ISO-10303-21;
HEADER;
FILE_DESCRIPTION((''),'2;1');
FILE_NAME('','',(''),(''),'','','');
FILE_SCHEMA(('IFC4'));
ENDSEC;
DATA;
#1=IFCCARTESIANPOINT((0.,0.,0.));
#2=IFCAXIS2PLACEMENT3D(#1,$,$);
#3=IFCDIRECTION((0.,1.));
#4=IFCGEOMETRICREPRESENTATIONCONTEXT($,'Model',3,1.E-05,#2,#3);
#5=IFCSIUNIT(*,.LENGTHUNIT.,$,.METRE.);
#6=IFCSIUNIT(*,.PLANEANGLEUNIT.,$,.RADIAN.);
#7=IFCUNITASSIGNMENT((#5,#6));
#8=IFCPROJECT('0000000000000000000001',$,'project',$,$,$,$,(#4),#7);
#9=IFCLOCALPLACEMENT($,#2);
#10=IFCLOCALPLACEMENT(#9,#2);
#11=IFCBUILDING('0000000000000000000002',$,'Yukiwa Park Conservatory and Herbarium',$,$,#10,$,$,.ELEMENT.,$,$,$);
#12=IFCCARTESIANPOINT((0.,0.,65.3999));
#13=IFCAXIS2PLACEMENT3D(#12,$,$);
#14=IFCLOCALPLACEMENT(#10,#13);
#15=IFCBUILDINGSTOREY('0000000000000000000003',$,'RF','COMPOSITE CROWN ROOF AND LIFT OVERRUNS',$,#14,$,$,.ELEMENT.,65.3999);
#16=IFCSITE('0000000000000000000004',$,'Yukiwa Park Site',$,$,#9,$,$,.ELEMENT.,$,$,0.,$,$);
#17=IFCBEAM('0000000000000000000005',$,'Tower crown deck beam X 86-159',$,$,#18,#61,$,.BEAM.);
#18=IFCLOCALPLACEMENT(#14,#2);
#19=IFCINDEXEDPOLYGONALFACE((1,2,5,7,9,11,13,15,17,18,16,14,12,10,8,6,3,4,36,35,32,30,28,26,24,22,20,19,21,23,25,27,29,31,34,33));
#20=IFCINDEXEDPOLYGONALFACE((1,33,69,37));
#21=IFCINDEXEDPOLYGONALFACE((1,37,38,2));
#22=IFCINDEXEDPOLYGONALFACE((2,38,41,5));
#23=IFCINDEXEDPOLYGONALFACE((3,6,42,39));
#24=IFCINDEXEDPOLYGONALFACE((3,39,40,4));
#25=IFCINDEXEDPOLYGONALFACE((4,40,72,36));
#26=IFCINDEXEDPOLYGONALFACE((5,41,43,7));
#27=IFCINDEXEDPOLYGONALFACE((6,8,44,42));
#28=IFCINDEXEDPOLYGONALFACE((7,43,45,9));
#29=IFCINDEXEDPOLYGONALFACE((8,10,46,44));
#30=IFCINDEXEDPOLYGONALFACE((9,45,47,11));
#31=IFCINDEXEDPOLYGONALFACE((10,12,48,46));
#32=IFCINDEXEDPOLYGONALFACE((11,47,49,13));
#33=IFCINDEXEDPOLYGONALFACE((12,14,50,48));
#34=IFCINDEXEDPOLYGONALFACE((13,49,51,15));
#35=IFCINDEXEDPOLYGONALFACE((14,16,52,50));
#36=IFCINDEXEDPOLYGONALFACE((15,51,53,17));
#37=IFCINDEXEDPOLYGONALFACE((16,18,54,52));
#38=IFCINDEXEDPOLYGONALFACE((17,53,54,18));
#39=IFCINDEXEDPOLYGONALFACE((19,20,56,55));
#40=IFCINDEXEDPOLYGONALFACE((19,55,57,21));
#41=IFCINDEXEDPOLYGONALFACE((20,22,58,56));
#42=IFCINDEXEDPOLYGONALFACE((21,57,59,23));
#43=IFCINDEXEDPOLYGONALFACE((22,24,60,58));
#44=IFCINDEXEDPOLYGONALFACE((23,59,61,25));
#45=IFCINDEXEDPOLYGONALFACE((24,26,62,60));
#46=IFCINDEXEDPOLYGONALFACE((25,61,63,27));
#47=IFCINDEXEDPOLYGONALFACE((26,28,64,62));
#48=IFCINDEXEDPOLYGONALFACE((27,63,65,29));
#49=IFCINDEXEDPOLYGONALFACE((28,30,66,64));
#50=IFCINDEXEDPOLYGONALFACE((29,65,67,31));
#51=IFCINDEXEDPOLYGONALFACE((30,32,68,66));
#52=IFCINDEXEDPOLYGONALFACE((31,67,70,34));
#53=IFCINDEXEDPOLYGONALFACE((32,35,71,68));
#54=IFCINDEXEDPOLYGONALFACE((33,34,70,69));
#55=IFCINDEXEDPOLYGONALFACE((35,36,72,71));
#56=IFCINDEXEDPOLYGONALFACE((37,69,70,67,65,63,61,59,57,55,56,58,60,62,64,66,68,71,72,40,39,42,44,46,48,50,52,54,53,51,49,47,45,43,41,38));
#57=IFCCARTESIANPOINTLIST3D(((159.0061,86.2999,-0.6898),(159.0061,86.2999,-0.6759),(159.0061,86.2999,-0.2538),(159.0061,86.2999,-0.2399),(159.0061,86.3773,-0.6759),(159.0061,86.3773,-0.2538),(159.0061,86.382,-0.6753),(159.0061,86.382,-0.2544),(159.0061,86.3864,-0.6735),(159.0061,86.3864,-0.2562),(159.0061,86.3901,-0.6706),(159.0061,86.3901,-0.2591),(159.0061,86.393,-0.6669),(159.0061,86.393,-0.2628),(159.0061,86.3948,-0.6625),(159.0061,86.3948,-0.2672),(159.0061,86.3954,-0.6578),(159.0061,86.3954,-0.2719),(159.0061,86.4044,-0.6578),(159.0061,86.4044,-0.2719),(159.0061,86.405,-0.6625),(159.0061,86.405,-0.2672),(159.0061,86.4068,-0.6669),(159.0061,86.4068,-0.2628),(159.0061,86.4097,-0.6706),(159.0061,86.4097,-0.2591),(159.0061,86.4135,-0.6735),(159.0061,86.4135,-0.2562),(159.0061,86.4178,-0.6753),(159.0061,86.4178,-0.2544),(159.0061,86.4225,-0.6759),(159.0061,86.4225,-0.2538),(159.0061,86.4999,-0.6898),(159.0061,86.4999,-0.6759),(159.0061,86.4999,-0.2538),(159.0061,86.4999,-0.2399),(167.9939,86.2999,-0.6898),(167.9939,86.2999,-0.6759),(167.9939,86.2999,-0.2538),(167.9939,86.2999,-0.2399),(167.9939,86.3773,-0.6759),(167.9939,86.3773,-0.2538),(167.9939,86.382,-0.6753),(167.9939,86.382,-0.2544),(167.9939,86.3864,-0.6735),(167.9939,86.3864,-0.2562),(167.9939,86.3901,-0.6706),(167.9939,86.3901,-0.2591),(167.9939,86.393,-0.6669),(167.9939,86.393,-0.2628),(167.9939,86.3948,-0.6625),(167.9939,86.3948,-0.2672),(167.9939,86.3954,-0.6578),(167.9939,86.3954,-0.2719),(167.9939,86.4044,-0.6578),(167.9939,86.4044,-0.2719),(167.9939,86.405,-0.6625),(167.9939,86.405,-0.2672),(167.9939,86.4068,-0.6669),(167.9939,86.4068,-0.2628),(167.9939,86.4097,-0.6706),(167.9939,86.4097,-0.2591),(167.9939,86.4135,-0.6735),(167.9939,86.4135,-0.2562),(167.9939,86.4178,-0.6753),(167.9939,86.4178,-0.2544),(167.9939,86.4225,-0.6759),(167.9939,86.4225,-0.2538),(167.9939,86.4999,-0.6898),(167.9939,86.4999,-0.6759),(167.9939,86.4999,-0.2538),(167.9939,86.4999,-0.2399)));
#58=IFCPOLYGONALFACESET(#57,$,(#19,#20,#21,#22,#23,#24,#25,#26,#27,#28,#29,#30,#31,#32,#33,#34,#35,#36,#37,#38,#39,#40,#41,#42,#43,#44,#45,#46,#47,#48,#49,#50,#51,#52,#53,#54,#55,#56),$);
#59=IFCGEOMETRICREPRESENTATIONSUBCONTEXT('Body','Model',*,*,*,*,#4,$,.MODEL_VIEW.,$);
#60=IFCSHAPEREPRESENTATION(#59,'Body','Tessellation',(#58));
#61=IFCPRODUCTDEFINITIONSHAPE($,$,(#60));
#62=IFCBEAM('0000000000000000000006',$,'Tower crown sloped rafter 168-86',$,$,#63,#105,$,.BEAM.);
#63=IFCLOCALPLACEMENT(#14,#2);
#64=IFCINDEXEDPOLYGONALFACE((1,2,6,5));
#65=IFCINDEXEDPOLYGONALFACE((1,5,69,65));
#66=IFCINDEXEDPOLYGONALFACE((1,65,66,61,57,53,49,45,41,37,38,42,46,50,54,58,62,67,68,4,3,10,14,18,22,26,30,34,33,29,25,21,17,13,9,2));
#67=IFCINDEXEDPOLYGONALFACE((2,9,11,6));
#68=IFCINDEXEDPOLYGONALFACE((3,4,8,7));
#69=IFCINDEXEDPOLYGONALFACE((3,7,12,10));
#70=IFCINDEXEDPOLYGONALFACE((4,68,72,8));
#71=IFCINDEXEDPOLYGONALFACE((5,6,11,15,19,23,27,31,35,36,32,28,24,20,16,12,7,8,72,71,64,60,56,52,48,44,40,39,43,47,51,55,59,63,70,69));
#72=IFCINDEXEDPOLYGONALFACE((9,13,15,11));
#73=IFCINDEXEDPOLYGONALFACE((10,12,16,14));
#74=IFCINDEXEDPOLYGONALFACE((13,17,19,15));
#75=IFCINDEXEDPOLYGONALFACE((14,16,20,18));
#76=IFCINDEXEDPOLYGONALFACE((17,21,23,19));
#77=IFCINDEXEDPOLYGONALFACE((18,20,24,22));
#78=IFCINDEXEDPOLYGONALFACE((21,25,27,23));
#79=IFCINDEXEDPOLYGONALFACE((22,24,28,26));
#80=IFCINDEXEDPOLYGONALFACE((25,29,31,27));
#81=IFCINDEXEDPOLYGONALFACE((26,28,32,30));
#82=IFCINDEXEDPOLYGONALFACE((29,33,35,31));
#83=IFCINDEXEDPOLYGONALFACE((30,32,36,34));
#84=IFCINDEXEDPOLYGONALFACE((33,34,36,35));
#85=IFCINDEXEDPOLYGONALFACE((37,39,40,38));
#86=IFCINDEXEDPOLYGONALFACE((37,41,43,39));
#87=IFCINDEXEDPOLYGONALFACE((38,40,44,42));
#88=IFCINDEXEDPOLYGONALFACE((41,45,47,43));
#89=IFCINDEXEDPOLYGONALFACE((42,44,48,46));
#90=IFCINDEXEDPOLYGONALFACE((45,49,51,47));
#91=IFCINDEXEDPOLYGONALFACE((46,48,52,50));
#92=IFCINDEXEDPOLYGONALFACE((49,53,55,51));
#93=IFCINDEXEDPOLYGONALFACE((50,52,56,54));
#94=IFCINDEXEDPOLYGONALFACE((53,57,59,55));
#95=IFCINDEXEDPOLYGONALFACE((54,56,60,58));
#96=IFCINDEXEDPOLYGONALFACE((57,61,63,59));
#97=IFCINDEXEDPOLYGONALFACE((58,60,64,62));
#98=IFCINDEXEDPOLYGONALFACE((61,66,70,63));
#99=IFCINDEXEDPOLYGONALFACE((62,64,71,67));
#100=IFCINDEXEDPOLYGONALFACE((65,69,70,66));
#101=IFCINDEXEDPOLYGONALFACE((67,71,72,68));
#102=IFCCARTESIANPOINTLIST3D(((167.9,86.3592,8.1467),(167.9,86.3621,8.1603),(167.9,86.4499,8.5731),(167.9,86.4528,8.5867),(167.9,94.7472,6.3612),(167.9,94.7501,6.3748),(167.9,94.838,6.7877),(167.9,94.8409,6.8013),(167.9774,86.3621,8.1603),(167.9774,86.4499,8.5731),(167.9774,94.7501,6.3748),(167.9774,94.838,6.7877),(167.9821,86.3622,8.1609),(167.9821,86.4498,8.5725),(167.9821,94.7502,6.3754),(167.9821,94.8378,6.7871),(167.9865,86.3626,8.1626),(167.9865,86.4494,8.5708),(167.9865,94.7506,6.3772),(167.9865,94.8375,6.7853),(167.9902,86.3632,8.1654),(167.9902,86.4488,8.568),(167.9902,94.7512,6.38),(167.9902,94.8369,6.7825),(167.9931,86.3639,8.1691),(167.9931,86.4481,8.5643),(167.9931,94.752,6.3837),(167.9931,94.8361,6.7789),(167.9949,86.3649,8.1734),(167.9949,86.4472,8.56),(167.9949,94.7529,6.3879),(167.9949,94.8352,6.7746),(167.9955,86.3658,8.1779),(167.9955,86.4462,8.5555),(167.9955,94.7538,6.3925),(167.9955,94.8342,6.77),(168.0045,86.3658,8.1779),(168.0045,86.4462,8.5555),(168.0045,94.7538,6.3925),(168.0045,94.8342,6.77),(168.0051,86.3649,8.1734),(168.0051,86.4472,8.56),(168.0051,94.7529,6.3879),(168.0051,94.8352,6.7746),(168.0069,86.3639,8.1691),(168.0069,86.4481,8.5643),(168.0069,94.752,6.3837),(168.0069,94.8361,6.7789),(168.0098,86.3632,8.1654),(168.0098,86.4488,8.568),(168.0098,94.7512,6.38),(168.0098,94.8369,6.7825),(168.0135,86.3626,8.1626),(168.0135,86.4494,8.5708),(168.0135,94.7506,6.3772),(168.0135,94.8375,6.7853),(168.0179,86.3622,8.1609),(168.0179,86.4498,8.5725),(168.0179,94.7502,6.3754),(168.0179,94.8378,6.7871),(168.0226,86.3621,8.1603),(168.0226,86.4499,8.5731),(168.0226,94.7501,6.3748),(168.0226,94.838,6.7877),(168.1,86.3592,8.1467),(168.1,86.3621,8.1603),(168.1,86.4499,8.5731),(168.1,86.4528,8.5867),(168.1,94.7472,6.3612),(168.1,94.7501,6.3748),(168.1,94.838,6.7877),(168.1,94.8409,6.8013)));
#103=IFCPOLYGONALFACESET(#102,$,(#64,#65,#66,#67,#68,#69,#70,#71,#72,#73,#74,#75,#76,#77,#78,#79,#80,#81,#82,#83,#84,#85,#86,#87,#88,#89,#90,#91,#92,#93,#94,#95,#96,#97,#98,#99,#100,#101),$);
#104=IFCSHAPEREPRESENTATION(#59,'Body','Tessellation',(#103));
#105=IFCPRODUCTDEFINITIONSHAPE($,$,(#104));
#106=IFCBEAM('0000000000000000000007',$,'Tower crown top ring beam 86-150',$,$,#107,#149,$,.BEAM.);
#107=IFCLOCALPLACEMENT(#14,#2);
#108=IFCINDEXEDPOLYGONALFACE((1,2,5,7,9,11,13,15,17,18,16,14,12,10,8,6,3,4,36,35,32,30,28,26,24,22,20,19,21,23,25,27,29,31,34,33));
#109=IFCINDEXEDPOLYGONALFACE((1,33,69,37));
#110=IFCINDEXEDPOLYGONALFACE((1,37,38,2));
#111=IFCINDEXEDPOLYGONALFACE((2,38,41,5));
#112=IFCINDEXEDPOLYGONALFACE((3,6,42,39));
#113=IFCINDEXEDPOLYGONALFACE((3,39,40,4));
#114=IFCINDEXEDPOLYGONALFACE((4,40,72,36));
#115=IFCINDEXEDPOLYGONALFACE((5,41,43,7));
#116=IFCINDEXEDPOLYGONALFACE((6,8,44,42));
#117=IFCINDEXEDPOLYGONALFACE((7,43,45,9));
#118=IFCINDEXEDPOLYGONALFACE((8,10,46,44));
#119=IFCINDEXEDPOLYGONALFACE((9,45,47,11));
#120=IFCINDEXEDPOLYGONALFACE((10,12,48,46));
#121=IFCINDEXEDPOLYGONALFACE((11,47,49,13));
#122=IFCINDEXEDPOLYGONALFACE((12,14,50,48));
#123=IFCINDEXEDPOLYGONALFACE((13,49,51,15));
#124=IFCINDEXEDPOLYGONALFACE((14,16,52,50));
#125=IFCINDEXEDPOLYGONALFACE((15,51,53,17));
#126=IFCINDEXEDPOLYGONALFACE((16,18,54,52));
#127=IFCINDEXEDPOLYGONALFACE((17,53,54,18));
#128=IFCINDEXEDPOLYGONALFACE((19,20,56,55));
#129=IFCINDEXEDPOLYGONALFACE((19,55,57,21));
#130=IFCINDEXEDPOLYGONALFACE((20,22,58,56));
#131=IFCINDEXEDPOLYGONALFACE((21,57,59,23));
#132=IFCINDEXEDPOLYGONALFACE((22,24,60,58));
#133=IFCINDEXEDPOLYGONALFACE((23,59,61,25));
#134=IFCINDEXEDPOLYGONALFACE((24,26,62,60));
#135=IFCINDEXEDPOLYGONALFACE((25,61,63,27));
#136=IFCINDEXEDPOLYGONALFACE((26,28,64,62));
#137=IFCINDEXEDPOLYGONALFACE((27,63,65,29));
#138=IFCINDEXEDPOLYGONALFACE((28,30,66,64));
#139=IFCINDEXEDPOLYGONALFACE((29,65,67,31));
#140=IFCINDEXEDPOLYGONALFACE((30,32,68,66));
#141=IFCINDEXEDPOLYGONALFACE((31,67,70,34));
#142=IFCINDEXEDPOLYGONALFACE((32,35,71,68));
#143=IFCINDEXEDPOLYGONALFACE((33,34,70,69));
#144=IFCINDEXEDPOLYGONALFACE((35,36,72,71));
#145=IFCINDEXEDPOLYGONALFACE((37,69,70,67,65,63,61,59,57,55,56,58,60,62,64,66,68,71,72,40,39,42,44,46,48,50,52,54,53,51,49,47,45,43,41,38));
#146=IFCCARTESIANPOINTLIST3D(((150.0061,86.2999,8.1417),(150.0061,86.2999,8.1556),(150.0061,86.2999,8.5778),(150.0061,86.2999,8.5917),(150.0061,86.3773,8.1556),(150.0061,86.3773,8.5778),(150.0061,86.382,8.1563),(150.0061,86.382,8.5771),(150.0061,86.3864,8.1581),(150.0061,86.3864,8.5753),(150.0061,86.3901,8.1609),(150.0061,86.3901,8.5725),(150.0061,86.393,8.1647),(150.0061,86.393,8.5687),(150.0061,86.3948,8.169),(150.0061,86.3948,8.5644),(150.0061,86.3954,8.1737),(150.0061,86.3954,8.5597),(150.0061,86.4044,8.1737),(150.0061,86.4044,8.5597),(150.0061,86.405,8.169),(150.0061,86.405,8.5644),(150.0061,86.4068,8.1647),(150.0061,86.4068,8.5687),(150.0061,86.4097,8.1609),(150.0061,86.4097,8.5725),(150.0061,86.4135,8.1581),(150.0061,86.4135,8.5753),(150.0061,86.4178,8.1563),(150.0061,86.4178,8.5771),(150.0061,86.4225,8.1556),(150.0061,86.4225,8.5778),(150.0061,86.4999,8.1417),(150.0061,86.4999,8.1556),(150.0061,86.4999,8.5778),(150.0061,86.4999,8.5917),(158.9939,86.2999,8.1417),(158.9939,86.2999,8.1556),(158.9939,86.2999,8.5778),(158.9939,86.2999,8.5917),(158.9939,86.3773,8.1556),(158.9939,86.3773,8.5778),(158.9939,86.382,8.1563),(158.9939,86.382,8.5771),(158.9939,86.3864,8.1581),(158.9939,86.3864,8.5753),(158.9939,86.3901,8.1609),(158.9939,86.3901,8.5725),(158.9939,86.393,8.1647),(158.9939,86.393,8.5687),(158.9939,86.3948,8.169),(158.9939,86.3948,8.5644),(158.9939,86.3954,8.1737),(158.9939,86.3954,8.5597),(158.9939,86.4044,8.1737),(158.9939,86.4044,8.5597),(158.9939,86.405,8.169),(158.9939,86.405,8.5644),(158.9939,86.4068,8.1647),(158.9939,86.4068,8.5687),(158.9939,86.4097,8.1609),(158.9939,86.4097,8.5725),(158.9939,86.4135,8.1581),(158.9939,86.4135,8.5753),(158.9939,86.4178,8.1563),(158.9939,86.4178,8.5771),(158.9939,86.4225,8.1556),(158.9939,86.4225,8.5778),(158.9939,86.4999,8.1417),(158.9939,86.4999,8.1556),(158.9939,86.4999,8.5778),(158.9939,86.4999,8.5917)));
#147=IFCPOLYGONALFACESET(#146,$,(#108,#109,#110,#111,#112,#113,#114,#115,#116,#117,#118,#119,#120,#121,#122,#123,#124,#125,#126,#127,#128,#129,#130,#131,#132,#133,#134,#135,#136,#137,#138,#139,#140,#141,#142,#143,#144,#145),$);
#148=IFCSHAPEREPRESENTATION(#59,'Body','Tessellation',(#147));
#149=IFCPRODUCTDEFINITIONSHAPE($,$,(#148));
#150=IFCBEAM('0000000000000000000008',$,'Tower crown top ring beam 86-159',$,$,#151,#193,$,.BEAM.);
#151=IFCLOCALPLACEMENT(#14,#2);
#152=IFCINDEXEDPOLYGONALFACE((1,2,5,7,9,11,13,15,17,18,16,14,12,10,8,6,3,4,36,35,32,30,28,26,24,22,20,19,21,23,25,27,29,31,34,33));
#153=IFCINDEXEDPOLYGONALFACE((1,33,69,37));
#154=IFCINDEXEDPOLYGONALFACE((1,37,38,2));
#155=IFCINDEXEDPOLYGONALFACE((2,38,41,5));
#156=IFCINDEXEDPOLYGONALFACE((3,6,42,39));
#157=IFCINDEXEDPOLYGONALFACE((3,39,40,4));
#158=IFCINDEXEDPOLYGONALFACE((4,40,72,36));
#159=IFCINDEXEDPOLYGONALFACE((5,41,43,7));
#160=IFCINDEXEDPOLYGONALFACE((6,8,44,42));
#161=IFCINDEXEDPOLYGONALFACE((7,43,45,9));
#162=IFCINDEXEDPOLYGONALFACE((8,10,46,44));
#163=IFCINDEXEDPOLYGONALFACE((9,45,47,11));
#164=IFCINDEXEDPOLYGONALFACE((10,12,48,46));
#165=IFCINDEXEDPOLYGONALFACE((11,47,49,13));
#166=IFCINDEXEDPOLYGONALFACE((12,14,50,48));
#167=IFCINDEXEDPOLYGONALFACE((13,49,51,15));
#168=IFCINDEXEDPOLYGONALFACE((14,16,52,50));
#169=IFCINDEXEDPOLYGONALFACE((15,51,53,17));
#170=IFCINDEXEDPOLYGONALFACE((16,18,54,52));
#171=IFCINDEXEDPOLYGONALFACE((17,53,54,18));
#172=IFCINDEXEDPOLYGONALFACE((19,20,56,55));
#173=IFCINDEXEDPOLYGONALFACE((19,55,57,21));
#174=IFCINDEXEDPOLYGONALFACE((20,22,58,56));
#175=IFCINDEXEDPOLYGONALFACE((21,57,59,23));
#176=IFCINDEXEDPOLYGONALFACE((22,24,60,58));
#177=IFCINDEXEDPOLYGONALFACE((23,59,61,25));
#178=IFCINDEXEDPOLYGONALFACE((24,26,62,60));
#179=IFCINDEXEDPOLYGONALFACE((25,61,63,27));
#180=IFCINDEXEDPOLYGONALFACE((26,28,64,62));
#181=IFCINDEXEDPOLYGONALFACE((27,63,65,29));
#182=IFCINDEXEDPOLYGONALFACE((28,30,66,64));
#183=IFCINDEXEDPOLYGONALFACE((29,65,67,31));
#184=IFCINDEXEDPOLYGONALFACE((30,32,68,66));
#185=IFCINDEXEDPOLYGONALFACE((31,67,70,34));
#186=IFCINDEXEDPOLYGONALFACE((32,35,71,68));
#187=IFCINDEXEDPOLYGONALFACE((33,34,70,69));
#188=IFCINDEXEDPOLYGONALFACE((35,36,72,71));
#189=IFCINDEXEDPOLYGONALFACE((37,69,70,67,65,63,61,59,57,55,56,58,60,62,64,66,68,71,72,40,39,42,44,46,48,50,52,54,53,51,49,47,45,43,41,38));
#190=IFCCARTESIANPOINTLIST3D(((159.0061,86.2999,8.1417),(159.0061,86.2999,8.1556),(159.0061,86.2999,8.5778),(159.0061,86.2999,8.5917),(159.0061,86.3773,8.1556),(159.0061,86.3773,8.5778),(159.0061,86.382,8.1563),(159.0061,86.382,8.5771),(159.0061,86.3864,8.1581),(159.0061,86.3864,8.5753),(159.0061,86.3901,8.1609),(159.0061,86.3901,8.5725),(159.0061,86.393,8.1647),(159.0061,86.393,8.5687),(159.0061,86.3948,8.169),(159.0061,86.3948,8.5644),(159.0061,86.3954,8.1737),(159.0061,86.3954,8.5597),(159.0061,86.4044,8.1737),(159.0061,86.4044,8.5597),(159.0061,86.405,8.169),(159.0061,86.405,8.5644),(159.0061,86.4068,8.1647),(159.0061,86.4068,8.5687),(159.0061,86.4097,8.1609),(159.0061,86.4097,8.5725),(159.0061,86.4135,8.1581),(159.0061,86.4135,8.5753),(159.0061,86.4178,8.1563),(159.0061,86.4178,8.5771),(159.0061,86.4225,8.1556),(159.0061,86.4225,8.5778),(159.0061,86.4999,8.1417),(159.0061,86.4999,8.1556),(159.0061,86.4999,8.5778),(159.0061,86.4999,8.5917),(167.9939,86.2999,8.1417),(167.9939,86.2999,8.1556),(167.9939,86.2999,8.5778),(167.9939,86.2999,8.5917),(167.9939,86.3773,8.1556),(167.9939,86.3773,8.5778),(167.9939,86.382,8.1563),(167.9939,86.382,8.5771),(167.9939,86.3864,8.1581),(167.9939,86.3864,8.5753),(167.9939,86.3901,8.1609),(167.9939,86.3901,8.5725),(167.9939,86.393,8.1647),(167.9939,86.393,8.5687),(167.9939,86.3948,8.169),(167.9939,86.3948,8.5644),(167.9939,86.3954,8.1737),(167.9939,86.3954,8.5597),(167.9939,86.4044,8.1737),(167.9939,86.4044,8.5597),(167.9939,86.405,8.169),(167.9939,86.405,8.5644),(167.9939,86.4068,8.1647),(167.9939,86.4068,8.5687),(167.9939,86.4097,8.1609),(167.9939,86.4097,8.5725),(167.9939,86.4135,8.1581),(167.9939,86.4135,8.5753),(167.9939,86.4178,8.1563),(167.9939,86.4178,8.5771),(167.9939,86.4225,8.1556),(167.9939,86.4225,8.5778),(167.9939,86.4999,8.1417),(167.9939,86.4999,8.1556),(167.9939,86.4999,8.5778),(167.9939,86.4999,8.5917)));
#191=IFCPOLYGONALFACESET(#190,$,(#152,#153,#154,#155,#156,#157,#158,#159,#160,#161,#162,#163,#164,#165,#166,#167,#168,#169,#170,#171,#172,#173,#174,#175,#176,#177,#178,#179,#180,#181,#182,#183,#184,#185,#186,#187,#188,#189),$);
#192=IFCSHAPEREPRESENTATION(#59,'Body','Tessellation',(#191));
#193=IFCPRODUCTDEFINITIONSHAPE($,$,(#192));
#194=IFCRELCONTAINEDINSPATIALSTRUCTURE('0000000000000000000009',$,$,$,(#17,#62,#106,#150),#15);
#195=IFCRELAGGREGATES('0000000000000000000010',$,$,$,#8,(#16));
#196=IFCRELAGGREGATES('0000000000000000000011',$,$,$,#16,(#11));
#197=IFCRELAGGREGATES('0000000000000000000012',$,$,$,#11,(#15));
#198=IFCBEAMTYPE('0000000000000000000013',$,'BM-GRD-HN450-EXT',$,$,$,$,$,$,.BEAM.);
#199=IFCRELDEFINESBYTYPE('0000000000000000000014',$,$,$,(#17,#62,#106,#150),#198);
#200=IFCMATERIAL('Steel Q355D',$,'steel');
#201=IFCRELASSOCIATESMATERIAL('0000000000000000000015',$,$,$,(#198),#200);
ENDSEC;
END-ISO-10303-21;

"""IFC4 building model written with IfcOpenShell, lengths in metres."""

from ifc_helpers import new_model, si_unit, direction, frame, origin, origin_2d, place, context, subcontext, project, spatial, i_section, extrude, material, material_profile, profile_set, type_object, element, save


model = new_model("IFC4")

# Units and contexts
model_context = context("Model", 3, precision=1e-05, world=origin(), true_north=direction((0.0, 1.0)))
body_context = subcontext(model_context, "Body", "Model", "MODEL_VIEW")
ifc_project = project(units=[si_unit("LENGTHUNIT", "METRE"), si_unit("PLANEANGLEUNIT", "RADIAN")], contexts=[model_context])

# Site, building, storey
site_placement = place(None, origin())
site = spatial("IfcSite", under=ifc_project, at=site_placement, Name="Yukiwa Park Site", CompositionType="ELEMENT", RefElevation=0.0)
building_placement = place(site_placement, origin())
building = spatial("IfcBuilding", under=site, at=building_placement, Name="Yukiwa Park Conservatory and Herbarium", CompositionType="ELEMENT")
storey_placement = place(building_placement, frame((0.0, 0.0, 65.3999)))
storey = spatial("IfcBuildingStorey", under=building, at=storey_placement, Name="RF", Description="COMPOSITE CROWN ROOF AND LIFT OVERRUNS", CompositionType="ELEMENT", Elevation=65.3999)

# Beams
ifc_material_1 = material(Name="Steel Q355D", Category="steel")
ifc_material_profile_1 = material_profile(ifc_material_1, i_section(OverallWidth=0.2, OverallDepth=0.45, WebThickness=0.009, FlangeThickness=0.0139, FilletRadius=0.0181, at=origin_2d()), Name="HN 450x200x9x14")
ifc_profile_set_1 = profile_set([ifc_material_profile_1], Name="Steel Q355D")
beam_type_1 = type_object("IfcBeamType", Name="BM-GRD-HN450-EXT", PredefinedType="BEAM", material=ifc_profile_set_1)
for number, where, z_axis, x_axis, name in (
    (1, (159.0061, 86.3999, -0.4648), (1.0, 0.0, 0.0), (0.0, 1.0, 0.0), "Tower crown deck beam X 86-159"),
):
    element("IfcBeam", number, at=place(storey_placement, frame(where, z_axis=z_axis, x_axis=x_axis)), inside=storey, type_object=beam_type_1, Name=name, PredefinedType="BEAM", context=body_context, shape_type="SweptSolid", body=[
        extrude(i_section(OverallWidth=0.2, OverallDepth=0.45, WebThickness=0.009, FlangeThickness=0.0139, FilletRadius=0.0181, at=origin_2d()), origin(), (0.0, 0.0, 1.0), 8.9878),
    ])
beam_1_placement = place(storey_placement, frame((168.0, 86.406, 8.3667), z_axis=(0.0, 0.978089, -0.208189), x_axis=(-1.0, 0.0, 0.0)))
element("IfcBeam", 2, at=beam_1_placement, inside=storey, type_object=beam_type_1, Name="Tower crown sloped rafter 168-86", PredefinedType="BEAM", context=body_context, shape_type="SweptSolid", body=[
    extrude(i_section(OverallWidth=0.2, OverallDepth=0.45, WebThickness=0.009, FlangeThickness=0.0139, FilletRadius=0.0181, at=origin_2d()), origin(), (0.0, 0.0, 1.0), 8.5759),
])
for number, where, z_axis, x_axis, name in (
    (3, (150.0061, 86.3999, 8.3667), (1.0, 0.0, 0.0), (0.0, 1.0, 0.0), "Tower crown top ring beam 86-150"),
    (4, (159.0061, 86.3999, 8.3667), (1.0, 0.0, 0.0), (0.0, 1.0, 0.0), "Tower crown top ring beam 86-159"),
):
    element("IfcBeam", number, at=place(storey_placement, frame(where, z_axis=z_axis, x_axis=x_axis)), inside=storey, type_object=beam_type_1, Name=name, PredefinedType="BEAM", context=body_context, shape_type="SweptSolid", body=[
        extrude(i_section(OverallWidth=0.2, OverallDepth=0.45, WebThickness=0.009, FlangeThickness=0.0139, FilletRadius=0.0181, at=origin_2d()), origin(), (0.0, 0.0, 1.0), 8.9878),
    ])

save(model, "model.ifc")
